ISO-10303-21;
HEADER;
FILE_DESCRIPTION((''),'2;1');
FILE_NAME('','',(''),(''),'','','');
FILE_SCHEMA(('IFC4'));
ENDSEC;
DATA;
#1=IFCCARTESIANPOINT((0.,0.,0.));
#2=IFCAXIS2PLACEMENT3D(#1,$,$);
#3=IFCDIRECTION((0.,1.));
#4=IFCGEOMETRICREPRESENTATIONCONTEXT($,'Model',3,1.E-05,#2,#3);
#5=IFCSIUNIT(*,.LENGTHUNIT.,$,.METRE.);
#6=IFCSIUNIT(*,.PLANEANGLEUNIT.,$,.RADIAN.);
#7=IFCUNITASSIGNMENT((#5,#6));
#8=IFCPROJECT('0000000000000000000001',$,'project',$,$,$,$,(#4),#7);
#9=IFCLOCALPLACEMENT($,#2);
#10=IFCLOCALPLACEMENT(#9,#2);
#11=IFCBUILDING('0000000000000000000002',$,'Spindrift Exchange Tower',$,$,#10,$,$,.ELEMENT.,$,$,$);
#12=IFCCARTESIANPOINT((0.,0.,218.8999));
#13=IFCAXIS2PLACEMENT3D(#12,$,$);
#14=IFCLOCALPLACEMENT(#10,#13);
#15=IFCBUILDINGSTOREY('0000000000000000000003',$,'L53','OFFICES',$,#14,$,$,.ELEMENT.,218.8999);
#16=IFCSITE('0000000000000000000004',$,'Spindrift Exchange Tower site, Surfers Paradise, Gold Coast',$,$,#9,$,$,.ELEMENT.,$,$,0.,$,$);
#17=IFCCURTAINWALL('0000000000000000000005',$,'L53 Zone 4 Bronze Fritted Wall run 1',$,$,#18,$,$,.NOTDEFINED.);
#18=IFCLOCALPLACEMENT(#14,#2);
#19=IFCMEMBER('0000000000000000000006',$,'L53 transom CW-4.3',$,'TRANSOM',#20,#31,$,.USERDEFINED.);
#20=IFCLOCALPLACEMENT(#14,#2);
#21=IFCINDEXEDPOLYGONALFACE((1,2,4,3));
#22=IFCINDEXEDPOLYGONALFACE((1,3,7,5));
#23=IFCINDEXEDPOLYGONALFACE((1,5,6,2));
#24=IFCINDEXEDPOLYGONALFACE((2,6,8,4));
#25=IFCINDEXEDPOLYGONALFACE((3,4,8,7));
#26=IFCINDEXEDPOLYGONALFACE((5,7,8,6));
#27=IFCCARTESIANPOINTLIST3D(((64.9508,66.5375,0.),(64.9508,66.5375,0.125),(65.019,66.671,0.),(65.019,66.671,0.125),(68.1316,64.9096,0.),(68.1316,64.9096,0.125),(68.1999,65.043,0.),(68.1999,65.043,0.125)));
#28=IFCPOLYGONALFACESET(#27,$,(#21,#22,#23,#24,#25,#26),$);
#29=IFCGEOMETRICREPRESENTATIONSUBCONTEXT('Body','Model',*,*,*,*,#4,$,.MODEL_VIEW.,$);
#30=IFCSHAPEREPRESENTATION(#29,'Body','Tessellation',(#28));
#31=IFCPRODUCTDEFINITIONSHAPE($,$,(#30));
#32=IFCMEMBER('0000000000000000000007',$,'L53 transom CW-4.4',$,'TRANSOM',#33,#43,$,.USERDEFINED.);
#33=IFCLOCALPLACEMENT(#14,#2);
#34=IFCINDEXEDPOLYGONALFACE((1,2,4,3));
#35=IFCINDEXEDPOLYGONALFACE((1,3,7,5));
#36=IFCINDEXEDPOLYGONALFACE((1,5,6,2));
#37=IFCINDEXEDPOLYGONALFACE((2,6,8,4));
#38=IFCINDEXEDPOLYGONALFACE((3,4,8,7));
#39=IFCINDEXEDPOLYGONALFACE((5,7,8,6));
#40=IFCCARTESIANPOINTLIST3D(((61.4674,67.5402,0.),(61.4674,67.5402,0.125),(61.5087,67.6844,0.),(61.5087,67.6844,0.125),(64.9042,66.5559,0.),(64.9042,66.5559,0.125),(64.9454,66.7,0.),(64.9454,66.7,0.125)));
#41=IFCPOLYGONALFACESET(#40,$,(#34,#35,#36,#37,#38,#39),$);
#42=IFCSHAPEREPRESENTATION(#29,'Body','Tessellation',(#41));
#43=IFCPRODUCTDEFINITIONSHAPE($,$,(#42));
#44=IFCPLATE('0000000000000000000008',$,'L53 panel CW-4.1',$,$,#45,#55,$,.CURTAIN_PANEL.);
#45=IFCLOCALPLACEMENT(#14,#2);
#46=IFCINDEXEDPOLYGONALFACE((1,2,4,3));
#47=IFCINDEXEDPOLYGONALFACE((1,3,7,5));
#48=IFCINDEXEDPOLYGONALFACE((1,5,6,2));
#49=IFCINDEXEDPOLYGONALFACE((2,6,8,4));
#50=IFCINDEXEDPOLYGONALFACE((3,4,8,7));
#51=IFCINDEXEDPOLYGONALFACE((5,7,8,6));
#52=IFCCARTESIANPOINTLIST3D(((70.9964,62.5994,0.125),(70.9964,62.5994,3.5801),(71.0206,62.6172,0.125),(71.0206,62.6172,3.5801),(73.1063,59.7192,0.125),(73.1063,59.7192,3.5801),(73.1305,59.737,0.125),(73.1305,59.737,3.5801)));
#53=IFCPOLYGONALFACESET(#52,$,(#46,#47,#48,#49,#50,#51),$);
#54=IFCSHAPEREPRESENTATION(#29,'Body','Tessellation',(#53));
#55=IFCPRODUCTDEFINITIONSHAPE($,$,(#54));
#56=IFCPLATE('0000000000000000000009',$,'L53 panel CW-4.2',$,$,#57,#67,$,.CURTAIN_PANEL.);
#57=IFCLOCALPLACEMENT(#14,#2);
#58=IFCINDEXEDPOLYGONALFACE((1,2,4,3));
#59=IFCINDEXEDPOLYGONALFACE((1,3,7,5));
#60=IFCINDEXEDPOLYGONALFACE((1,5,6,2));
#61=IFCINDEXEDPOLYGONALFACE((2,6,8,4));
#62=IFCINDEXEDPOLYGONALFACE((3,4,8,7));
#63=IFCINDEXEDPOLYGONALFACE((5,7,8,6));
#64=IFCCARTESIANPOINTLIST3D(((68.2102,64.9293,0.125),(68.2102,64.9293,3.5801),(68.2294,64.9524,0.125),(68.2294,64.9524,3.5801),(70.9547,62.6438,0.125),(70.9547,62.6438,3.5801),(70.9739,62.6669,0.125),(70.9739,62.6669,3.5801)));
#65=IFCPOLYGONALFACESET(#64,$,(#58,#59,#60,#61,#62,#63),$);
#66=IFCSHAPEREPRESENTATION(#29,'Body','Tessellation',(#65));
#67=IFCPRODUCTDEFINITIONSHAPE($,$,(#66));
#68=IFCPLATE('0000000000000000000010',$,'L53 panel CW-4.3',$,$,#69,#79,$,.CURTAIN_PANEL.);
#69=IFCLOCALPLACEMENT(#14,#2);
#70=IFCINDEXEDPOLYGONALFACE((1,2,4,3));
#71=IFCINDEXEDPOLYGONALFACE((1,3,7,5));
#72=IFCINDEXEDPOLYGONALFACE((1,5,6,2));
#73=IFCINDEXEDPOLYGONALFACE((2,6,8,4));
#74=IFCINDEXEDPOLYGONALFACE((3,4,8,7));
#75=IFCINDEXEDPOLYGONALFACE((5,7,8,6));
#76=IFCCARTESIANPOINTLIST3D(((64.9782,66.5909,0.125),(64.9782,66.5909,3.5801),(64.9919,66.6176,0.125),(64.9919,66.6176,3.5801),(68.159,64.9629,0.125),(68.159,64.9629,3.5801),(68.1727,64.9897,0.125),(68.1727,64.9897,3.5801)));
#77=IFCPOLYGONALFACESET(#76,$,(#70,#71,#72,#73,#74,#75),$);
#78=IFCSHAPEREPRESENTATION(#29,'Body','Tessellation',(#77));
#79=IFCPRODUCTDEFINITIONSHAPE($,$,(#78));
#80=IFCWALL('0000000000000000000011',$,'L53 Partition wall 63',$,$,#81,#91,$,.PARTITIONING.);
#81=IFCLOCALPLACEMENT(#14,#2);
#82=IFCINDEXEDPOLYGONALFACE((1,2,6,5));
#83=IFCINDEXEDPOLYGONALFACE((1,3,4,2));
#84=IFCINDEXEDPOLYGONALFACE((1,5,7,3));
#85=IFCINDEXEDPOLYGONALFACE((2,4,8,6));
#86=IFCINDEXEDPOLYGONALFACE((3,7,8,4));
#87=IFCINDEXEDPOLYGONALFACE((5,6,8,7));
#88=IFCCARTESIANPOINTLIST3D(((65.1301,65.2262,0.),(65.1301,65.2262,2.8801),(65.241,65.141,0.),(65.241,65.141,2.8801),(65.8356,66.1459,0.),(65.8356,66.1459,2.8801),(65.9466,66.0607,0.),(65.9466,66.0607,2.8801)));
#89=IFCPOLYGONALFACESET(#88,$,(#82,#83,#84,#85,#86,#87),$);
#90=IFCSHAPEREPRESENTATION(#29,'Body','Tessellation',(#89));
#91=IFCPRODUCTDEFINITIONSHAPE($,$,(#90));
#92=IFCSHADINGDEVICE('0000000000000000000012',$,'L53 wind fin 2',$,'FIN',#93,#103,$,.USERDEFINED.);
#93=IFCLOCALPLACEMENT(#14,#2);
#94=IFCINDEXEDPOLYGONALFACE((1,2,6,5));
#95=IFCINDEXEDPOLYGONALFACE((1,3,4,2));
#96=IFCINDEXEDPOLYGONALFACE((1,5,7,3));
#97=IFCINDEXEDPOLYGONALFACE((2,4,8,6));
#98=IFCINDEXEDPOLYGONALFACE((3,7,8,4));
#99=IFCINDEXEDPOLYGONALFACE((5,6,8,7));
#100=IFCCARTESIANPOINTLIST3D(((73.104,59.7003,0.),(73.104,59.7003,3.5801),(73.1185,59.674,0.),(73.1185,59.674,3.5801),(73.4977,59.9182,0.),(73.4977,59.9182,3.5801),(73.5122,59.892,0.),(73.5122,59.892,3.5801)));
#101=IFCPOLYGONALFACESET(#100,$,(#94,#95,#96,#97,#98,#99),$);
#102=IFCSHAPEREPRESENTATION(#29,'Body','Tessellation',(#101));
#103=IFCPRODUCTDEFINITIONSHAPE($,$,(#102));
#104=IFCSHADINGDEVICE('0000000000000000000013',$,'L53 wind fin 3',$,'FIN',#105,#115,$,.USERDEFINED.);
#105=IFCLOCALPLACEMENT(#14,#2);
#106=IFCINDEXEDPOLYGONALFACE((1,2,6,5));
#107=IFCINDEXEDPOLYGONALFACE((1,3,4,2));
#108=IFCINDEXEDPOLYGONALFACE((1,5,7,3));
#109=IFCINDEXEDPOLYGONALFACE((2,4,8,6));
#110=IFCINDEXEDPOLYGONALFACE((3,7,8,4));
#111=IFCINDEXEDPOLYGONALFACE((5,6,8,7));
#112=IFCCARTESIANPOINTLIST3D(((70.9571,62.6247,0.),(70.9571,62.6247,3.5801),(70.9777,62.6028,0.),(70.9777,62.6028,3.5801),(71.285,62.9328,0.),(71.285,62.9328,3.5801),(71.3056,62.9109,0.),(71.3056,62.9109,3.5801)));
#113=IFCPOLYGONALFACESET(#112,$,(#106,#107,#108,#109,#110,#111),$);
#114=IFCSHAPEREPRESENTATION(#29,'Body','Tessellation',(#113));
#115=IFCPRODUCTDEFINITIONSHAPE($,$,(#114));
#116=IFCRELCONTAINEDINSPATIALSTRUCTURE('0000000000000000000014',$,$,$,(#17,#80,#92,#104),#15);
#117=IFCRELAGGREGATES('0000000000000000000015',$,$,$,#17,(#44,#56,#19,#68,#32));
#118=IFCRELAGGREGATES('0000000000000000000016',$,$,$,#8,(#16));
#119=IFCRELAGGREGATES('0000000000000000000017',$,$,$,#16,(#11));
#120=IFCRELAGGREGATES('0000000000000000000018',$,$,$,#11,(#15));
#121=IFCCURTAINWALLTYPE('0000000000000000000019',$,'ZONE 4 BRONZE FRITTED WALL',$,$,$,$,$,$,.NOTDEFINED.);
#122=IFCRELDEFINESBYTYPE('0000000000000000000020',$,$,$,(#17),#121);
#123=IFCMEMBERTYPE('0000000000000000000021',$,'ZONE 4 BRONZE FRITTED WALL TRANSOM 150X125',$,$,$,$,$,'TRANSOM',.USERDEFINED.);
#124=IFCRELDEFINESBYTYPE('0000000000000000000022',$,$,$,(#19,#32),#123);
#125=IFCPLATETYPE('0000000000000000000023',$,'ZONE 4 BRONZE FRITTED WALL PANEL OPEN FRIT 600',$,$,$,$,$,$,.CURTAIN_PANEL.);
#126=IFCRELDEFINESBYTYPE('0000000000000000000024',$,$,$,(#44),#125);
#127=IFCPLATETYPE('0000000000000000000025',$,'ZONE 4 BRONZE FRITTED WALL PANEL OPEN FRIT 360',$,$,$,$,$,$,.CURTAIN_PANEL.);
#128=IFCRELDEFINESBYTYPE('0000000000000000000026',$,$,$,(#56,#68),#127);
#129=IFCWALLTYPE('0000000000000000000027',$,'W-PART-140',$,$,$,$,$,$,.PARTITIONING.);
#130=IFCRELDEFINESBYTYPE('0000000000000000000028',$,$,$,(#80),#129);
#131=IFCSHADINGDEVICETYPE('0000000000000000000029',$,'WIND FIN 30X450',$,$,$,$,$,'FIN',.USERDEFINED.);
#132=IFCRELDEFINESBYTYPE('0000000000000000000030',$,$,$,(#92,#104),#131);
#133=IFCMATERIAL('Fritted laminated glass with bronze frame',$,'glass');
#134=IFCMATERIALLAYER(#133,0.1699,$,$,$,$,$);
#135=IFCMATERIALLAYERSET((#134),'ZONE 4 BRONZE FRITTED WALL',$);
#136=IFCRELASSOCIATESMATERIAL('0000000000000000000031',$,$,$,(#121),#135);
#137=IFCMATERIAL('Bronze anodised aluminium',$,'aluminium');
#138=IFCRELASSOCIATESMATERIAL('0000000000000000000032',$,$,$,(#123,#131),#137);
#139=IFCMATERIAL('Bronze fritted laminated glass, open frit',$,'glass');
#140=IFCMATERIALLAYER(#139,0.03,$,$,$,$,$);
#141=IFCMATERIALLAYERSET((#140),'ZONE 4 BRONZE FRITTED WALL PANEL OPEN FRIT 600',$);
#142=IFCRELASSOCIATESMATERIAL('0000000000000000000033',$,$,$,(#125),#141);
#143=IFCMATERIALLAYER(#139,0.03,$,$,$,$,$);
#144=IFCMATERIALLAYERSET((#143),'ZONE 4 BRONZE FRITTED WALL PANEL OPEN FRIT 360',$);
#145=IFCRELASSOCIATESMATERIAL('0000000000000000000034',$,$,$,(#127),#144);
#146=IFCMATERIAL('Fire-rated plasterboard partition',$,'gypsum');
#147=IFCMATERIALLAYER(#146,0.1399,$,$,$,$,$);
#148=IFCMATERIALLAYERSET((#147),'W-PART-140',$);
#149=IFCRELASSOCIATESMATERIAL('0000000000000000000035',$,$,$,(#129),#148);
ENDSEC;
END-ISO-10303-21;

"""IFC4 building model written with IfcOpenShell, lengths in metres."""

from ifc_helpers import new_model, si_unit, direction, frame, frame_2d, origin, origin_2d, place, context, subcontext, project, spatial, rectangle, extrude, source, transform, mapped, material, layer, layer_set, material_profile, profile_set, type_object, element, aggregate, save


model = new_model("IFC4")

# Units and contexts
model_context = context("Model", 3, precision=1e-05, world=origin(), true_north=direction((0.0, 1.0)))
body_context = subcontext(model_context, "Body", "Model", "MODEL_VIEW")
ifc_project = project(units=[si_unit("LENGTHUNIT", "METRE"), si_unit("PLANEANGLEUNIT", "RADIAN")], contexts=[model_context])

# Site, building, storey
site_placement = place(None, origin())
site = spatial("IfcSite", under=ifc_project, at=site_placement, Name="Spindrift Exchange Tower site, Surfers Paradise, Gold Coast", CompositionType="ELEMENT", RefElevation=0.0)
building_placement = place(site_placement, origin())
building = spatial("IfcBuilding", under=site, at=building_placement, Name="Spindrift Exchange Tower", CompositionType="ELEMENT")
storey_placement = place(building_placement, frame((0.0, 0.0, 218.8999)))
storey = spatial("IfcBuildingStorey", under=building, at=storey_placement, Name="L53", Description="OFFICES", CompositionType="ELEMENT", Elevation=218.8999)

# Curtain wall, members, plates
ifc_material_1 = material(Name="Fritted laminated glass with bronze frame", Category="glass")
ifc_layer_1 = layer(ifc_material_1, 0.1699)
ifc_layer_set_1 = layer_set([ifc_layer_1], Name="ZONE 4 BRONZE FRITTED WALL")
curtain_wall_type = type_object("IfcCurtainWallType", Name="ZONE 4 BRONZE FRITTED WALL", PredefinedType="NOTDEFINED", material=ifc_layer_set_1)
curtain_wall_placement = place(storey_placement, origin())
curtain_wall = element("IfcCurtainWall", 1, at=curtain_wall_placement, inside=storey, type_object=curtain_wall_type, Name="L53 Zone 4 Bronze Fritted Wall run 1", PredefinedType="NOTDEFINED")
ifc_material_2 = material(Name="Bronze anodised aluminium", Category="aluminium")
ifc_material_profile_1 = material_profile(ifc_material_2, rectangle(XDim=0.1499, YDim=0.125, at=origin_2d()), Name="ZONE 4 BRONZE FRITTED WALL TRANSOM 150X125")
ifc_profile_set_1 = profile_set([ifc_material_profile_1], Name="Bronze anodised aluminium")
member_type_1 = type_object("IfcMemberType", Name="ZONE 4 BRONZE FRITTED WALL TRANSOM 150X125", ElementType="TRANSOM", PredefinedType="USERDEFINED", material=ifc_profile_set_1)
shared_shape_1 = source(origin(), body_context, "Body", "SweptSolid", [
    extrude(rectangle(XDim=0.1499, YDim=0.125, at=origin_2d()), origin(), (0.0, 0.0, 1.0), 3.5732),
])
member_1_placement = place(storey_placement, frame((68.1658, 64.9763, 0.0625), z_axis=(-0.890193, 0.455584, 0.0), x_axis=(-0.455584, -0.890193, 0.0)))
member_1 = element("IfcMember", 2, at=member_1_placement, type_object=member_type_1, Name="L53 transom CW-4.3", ObjectType="TRANSOM", PredefinedType="USERDEFINED", context=body_context, shape_type="MappedRepresentation", body=[
    mapped(shared_shape_1, transform((0.0, 0.0, 0.0), scale=1.0)),
])
shared_shape_2 = source(origin(), body_context, "Body", "SweptSolid", [
    extrude(rectangle(XDim=0.1499, YDim=0.125, at=origin_2d()), origin(), (0.0, 0.0, 1.0), 3.575),
])
member_2_placement = place(storey_placement, frame((64.9248, 66.6279, 0.0625), z_axis=(-0.961343, 0.275352, 0.0), x_axis=(-0.275352, -0.961343, 0.0)))
member_2 = element("IfcMember", 3, at=member_2_placement, type_object=member_type_1, Name="L53 transom CW-4.4", ObjectType="TRANSOM", PredefinedType="USERDEFINED", context=body_context, shape_type="MappedRepresentation", body=[
    mapped(shared_shape_2, transform((0.0, 0.0, 0.0), scale=1.0)),
])
ifc_material_3 = material(Name="Bronze fritted laminated glass, open frit", Category="glass")
ifc_layer_2 = layer(ifc_material_3, 0.03)
ifc_layer_set_2 = layer_set([ifc_layer_2], Name="ZONE 4 BRONZE FRITTED WALL PANEL OPEN FRIT 600")
plate_type_1 = type_object("IfcPlateType", Name="ZONE 4 BRONZE FRITTED WALL PANEL OPEN FRIT 600", PredefinedType="CURTAIN_PANEL", material=ifc_layer_set_2)
shared_shape_3 = source(origin(), body_context, "Body", "SweptSolid", [
    extrude(rectangle(XDim=3.5703, YDim=0.03, at=origin_2d()), origin(), (0.0, 0.0, 1.0), 3.4551),
])
plate_1_placement = place(storey_placement, frame((72.0635, 61.1682, 0.125), z_axis=(0.0, 0.0, 1.0), x_axis=(-0.590956, 0.806704, 0.0)))
plate_1 = element("IfcPlate", 4, at=plate_1_placement, type_object=plate_type_1, Name="L53 panel CW-4.1", PredefinedType="CURTAIN_PANEL", context=body_context, shape_type="MappedRepresentation", body=[
    mapped(shared_shape_3, transform((0.0, 0.0, 0.0), scale=1.0)),
])
ifc_layer_3 = layer(ifc_material_3, 0.03)
ifc_layer_set_3 = layer_set([ifc_layer_3], Name="ZONE 4 BRONZE FRITTED WALL PANEL OPEN FRIT 360")
plate_type_2 = type_object("IfcPlateType", Name="ZONE 4 BRONZE FRITTED WALL PANEL OPEN FRIT 360", PredefinedType="CURTAIN_PANEL", material=ifc_layer_set_3)
shared_shape_4 = source(origin(), body_context, "Body", "SweptSolid", [
    extrude(rectangle(XDim=3.5715, YDim=0.03, at=origin_2d()), origin(), (0.0, 0.0, 1.0), 3.4551),
])
plate_2_placement = place(storey_placement, frame((69.592, 63.7981, 0.125), z_axis=(0.0, 0.0, 1.0), x_axis=(-0.768444, 0.639917, 0.0)))
plate_2 = element("IfcPlate", 5, at=plate_2_placement, type_object=plate_type_2, Name="L53 panel CW-4.2", PredefinedType="CURTAIN_PANEL", context=body_context, shape_type="MappedRepresentation", body=[
    mapped(shared_shape_4, transform((0.0, 0.0, 0.0), scale=1.0)),
])
shared_shape_5 = source(origin(), body_context, "Body", "SweptSolid", [
    extrude(rectangle(XDim=3.5732, YDim=0.03, at=origin_2d()), origin(), (0.0, 0.0, 1.0), 3.4551),
])
plate_3_placement = place(storey_placement, frame((66.5754, 65.7903, 0.125), z_axis=(0.0, 0.0, 1.0), x_axis=(-0.890188, 0.455593, 0.0)))
plate_3 = element("IfcPlate", 6, at=plate_3_placement, type_object=plate_type_2, Name="L53 panel CW-4.3", PredefinedType="CURTAIN_PANEL", context=body_context, shape_type="MappedRepresentation", body=[
    mapped(shared_shape_5, transform((0.0, 0.0, 0.0), scale=1.0)),
])
aggregate(curtain_wall, [plate_1, plate_2, member_1, plate_3, member_2])

# Wall
ifc_material_4 = material(Name="Fire-rated plasterboard partition", Category="gypsum")
ifc_layer_4 = layer(ifc_material_4, 0.1399)
ifc_layer_set_4 = layer_set([ifc_layer_4], Name="W-PART-140")
wall_type = type_object("IfcWallType", Name="W-PART-140", PredefinedType="PARTITIONING", material=ifc_layer_set_4)
wall_placement = place(storey_placement, frame((65.1855, 65.1836, 0.0), z_axis=(0.0, 0.0, 1.0), x_axis=(0.608692, 0.793406, 0.0)))
element("IfcWall", 7, at=wall_placement, inside=storey, type_object=wall_type, Name="L53 Partition wall 63", PredefinedType="PARTITIONING", context=body_context, shape_type="SweptSolid", body=[
    extrude(rectangle(XDim=1.1592, YDim=0.1399, at=frame_2d((0.5796, 0.0))), origin(), (0.0, 0.0, 1.0), 2.8801),
])

# Shading devices
ifc_material_profile_2 = material_profile(ifc_material_2, rectangle(XDim=0.03, YDim=0.45, at=origin_2d()), Name="WIND FIN 30X450")
ifc_profile_set_2 = profile_set([ifc_material_profile_2], Name="Bronze anodised aluminium")
shading_device_type = type_object("IfcShadingDeviceType", Name="WIND FIN 30X450", ElementType="FIN", PredefinedType="USERDEFINED", material=ifc_profile_set_2)
shared_shape_6 = source(origin(), body_context, "Body", "SweptSolid", [
    extrude(rectangle(XDim=0.03, YDim=0.45, at=origin_2d()), origin(), (0.0, 0.0, 1.0), 3.5801),
])
for number, where, z_axis, x_axis, name in (
    (8, (73.3081, 59.7961, 0.0), (0.0, 0.0, 1.0), (-0.484327, 0.874887, 0.0), "L53 wind fin 2"),
    (9, (71.1313, 62.7678, 0.0), (0.0, 0.0, 1.0), (-0.684798, 0.728733, 0.0), "L53 wind fin 3"),
):
    element("IfcShadingDevice", number, at=place(storey_placement, frame(where, z_axis=z_axis, x_axis=x_axis)), inside=storey, type_object=shading_device_type, Name=name, ObjectType="FIN", PredefinedType="USERDEFINED", context=body_context, shape_type="MappedRepresentation", body=[
        mapped(shared_shape_6, transform((0.0, 0.0, 0.0), scale=1.0)),
    ])

save(model, "model.ifc")
